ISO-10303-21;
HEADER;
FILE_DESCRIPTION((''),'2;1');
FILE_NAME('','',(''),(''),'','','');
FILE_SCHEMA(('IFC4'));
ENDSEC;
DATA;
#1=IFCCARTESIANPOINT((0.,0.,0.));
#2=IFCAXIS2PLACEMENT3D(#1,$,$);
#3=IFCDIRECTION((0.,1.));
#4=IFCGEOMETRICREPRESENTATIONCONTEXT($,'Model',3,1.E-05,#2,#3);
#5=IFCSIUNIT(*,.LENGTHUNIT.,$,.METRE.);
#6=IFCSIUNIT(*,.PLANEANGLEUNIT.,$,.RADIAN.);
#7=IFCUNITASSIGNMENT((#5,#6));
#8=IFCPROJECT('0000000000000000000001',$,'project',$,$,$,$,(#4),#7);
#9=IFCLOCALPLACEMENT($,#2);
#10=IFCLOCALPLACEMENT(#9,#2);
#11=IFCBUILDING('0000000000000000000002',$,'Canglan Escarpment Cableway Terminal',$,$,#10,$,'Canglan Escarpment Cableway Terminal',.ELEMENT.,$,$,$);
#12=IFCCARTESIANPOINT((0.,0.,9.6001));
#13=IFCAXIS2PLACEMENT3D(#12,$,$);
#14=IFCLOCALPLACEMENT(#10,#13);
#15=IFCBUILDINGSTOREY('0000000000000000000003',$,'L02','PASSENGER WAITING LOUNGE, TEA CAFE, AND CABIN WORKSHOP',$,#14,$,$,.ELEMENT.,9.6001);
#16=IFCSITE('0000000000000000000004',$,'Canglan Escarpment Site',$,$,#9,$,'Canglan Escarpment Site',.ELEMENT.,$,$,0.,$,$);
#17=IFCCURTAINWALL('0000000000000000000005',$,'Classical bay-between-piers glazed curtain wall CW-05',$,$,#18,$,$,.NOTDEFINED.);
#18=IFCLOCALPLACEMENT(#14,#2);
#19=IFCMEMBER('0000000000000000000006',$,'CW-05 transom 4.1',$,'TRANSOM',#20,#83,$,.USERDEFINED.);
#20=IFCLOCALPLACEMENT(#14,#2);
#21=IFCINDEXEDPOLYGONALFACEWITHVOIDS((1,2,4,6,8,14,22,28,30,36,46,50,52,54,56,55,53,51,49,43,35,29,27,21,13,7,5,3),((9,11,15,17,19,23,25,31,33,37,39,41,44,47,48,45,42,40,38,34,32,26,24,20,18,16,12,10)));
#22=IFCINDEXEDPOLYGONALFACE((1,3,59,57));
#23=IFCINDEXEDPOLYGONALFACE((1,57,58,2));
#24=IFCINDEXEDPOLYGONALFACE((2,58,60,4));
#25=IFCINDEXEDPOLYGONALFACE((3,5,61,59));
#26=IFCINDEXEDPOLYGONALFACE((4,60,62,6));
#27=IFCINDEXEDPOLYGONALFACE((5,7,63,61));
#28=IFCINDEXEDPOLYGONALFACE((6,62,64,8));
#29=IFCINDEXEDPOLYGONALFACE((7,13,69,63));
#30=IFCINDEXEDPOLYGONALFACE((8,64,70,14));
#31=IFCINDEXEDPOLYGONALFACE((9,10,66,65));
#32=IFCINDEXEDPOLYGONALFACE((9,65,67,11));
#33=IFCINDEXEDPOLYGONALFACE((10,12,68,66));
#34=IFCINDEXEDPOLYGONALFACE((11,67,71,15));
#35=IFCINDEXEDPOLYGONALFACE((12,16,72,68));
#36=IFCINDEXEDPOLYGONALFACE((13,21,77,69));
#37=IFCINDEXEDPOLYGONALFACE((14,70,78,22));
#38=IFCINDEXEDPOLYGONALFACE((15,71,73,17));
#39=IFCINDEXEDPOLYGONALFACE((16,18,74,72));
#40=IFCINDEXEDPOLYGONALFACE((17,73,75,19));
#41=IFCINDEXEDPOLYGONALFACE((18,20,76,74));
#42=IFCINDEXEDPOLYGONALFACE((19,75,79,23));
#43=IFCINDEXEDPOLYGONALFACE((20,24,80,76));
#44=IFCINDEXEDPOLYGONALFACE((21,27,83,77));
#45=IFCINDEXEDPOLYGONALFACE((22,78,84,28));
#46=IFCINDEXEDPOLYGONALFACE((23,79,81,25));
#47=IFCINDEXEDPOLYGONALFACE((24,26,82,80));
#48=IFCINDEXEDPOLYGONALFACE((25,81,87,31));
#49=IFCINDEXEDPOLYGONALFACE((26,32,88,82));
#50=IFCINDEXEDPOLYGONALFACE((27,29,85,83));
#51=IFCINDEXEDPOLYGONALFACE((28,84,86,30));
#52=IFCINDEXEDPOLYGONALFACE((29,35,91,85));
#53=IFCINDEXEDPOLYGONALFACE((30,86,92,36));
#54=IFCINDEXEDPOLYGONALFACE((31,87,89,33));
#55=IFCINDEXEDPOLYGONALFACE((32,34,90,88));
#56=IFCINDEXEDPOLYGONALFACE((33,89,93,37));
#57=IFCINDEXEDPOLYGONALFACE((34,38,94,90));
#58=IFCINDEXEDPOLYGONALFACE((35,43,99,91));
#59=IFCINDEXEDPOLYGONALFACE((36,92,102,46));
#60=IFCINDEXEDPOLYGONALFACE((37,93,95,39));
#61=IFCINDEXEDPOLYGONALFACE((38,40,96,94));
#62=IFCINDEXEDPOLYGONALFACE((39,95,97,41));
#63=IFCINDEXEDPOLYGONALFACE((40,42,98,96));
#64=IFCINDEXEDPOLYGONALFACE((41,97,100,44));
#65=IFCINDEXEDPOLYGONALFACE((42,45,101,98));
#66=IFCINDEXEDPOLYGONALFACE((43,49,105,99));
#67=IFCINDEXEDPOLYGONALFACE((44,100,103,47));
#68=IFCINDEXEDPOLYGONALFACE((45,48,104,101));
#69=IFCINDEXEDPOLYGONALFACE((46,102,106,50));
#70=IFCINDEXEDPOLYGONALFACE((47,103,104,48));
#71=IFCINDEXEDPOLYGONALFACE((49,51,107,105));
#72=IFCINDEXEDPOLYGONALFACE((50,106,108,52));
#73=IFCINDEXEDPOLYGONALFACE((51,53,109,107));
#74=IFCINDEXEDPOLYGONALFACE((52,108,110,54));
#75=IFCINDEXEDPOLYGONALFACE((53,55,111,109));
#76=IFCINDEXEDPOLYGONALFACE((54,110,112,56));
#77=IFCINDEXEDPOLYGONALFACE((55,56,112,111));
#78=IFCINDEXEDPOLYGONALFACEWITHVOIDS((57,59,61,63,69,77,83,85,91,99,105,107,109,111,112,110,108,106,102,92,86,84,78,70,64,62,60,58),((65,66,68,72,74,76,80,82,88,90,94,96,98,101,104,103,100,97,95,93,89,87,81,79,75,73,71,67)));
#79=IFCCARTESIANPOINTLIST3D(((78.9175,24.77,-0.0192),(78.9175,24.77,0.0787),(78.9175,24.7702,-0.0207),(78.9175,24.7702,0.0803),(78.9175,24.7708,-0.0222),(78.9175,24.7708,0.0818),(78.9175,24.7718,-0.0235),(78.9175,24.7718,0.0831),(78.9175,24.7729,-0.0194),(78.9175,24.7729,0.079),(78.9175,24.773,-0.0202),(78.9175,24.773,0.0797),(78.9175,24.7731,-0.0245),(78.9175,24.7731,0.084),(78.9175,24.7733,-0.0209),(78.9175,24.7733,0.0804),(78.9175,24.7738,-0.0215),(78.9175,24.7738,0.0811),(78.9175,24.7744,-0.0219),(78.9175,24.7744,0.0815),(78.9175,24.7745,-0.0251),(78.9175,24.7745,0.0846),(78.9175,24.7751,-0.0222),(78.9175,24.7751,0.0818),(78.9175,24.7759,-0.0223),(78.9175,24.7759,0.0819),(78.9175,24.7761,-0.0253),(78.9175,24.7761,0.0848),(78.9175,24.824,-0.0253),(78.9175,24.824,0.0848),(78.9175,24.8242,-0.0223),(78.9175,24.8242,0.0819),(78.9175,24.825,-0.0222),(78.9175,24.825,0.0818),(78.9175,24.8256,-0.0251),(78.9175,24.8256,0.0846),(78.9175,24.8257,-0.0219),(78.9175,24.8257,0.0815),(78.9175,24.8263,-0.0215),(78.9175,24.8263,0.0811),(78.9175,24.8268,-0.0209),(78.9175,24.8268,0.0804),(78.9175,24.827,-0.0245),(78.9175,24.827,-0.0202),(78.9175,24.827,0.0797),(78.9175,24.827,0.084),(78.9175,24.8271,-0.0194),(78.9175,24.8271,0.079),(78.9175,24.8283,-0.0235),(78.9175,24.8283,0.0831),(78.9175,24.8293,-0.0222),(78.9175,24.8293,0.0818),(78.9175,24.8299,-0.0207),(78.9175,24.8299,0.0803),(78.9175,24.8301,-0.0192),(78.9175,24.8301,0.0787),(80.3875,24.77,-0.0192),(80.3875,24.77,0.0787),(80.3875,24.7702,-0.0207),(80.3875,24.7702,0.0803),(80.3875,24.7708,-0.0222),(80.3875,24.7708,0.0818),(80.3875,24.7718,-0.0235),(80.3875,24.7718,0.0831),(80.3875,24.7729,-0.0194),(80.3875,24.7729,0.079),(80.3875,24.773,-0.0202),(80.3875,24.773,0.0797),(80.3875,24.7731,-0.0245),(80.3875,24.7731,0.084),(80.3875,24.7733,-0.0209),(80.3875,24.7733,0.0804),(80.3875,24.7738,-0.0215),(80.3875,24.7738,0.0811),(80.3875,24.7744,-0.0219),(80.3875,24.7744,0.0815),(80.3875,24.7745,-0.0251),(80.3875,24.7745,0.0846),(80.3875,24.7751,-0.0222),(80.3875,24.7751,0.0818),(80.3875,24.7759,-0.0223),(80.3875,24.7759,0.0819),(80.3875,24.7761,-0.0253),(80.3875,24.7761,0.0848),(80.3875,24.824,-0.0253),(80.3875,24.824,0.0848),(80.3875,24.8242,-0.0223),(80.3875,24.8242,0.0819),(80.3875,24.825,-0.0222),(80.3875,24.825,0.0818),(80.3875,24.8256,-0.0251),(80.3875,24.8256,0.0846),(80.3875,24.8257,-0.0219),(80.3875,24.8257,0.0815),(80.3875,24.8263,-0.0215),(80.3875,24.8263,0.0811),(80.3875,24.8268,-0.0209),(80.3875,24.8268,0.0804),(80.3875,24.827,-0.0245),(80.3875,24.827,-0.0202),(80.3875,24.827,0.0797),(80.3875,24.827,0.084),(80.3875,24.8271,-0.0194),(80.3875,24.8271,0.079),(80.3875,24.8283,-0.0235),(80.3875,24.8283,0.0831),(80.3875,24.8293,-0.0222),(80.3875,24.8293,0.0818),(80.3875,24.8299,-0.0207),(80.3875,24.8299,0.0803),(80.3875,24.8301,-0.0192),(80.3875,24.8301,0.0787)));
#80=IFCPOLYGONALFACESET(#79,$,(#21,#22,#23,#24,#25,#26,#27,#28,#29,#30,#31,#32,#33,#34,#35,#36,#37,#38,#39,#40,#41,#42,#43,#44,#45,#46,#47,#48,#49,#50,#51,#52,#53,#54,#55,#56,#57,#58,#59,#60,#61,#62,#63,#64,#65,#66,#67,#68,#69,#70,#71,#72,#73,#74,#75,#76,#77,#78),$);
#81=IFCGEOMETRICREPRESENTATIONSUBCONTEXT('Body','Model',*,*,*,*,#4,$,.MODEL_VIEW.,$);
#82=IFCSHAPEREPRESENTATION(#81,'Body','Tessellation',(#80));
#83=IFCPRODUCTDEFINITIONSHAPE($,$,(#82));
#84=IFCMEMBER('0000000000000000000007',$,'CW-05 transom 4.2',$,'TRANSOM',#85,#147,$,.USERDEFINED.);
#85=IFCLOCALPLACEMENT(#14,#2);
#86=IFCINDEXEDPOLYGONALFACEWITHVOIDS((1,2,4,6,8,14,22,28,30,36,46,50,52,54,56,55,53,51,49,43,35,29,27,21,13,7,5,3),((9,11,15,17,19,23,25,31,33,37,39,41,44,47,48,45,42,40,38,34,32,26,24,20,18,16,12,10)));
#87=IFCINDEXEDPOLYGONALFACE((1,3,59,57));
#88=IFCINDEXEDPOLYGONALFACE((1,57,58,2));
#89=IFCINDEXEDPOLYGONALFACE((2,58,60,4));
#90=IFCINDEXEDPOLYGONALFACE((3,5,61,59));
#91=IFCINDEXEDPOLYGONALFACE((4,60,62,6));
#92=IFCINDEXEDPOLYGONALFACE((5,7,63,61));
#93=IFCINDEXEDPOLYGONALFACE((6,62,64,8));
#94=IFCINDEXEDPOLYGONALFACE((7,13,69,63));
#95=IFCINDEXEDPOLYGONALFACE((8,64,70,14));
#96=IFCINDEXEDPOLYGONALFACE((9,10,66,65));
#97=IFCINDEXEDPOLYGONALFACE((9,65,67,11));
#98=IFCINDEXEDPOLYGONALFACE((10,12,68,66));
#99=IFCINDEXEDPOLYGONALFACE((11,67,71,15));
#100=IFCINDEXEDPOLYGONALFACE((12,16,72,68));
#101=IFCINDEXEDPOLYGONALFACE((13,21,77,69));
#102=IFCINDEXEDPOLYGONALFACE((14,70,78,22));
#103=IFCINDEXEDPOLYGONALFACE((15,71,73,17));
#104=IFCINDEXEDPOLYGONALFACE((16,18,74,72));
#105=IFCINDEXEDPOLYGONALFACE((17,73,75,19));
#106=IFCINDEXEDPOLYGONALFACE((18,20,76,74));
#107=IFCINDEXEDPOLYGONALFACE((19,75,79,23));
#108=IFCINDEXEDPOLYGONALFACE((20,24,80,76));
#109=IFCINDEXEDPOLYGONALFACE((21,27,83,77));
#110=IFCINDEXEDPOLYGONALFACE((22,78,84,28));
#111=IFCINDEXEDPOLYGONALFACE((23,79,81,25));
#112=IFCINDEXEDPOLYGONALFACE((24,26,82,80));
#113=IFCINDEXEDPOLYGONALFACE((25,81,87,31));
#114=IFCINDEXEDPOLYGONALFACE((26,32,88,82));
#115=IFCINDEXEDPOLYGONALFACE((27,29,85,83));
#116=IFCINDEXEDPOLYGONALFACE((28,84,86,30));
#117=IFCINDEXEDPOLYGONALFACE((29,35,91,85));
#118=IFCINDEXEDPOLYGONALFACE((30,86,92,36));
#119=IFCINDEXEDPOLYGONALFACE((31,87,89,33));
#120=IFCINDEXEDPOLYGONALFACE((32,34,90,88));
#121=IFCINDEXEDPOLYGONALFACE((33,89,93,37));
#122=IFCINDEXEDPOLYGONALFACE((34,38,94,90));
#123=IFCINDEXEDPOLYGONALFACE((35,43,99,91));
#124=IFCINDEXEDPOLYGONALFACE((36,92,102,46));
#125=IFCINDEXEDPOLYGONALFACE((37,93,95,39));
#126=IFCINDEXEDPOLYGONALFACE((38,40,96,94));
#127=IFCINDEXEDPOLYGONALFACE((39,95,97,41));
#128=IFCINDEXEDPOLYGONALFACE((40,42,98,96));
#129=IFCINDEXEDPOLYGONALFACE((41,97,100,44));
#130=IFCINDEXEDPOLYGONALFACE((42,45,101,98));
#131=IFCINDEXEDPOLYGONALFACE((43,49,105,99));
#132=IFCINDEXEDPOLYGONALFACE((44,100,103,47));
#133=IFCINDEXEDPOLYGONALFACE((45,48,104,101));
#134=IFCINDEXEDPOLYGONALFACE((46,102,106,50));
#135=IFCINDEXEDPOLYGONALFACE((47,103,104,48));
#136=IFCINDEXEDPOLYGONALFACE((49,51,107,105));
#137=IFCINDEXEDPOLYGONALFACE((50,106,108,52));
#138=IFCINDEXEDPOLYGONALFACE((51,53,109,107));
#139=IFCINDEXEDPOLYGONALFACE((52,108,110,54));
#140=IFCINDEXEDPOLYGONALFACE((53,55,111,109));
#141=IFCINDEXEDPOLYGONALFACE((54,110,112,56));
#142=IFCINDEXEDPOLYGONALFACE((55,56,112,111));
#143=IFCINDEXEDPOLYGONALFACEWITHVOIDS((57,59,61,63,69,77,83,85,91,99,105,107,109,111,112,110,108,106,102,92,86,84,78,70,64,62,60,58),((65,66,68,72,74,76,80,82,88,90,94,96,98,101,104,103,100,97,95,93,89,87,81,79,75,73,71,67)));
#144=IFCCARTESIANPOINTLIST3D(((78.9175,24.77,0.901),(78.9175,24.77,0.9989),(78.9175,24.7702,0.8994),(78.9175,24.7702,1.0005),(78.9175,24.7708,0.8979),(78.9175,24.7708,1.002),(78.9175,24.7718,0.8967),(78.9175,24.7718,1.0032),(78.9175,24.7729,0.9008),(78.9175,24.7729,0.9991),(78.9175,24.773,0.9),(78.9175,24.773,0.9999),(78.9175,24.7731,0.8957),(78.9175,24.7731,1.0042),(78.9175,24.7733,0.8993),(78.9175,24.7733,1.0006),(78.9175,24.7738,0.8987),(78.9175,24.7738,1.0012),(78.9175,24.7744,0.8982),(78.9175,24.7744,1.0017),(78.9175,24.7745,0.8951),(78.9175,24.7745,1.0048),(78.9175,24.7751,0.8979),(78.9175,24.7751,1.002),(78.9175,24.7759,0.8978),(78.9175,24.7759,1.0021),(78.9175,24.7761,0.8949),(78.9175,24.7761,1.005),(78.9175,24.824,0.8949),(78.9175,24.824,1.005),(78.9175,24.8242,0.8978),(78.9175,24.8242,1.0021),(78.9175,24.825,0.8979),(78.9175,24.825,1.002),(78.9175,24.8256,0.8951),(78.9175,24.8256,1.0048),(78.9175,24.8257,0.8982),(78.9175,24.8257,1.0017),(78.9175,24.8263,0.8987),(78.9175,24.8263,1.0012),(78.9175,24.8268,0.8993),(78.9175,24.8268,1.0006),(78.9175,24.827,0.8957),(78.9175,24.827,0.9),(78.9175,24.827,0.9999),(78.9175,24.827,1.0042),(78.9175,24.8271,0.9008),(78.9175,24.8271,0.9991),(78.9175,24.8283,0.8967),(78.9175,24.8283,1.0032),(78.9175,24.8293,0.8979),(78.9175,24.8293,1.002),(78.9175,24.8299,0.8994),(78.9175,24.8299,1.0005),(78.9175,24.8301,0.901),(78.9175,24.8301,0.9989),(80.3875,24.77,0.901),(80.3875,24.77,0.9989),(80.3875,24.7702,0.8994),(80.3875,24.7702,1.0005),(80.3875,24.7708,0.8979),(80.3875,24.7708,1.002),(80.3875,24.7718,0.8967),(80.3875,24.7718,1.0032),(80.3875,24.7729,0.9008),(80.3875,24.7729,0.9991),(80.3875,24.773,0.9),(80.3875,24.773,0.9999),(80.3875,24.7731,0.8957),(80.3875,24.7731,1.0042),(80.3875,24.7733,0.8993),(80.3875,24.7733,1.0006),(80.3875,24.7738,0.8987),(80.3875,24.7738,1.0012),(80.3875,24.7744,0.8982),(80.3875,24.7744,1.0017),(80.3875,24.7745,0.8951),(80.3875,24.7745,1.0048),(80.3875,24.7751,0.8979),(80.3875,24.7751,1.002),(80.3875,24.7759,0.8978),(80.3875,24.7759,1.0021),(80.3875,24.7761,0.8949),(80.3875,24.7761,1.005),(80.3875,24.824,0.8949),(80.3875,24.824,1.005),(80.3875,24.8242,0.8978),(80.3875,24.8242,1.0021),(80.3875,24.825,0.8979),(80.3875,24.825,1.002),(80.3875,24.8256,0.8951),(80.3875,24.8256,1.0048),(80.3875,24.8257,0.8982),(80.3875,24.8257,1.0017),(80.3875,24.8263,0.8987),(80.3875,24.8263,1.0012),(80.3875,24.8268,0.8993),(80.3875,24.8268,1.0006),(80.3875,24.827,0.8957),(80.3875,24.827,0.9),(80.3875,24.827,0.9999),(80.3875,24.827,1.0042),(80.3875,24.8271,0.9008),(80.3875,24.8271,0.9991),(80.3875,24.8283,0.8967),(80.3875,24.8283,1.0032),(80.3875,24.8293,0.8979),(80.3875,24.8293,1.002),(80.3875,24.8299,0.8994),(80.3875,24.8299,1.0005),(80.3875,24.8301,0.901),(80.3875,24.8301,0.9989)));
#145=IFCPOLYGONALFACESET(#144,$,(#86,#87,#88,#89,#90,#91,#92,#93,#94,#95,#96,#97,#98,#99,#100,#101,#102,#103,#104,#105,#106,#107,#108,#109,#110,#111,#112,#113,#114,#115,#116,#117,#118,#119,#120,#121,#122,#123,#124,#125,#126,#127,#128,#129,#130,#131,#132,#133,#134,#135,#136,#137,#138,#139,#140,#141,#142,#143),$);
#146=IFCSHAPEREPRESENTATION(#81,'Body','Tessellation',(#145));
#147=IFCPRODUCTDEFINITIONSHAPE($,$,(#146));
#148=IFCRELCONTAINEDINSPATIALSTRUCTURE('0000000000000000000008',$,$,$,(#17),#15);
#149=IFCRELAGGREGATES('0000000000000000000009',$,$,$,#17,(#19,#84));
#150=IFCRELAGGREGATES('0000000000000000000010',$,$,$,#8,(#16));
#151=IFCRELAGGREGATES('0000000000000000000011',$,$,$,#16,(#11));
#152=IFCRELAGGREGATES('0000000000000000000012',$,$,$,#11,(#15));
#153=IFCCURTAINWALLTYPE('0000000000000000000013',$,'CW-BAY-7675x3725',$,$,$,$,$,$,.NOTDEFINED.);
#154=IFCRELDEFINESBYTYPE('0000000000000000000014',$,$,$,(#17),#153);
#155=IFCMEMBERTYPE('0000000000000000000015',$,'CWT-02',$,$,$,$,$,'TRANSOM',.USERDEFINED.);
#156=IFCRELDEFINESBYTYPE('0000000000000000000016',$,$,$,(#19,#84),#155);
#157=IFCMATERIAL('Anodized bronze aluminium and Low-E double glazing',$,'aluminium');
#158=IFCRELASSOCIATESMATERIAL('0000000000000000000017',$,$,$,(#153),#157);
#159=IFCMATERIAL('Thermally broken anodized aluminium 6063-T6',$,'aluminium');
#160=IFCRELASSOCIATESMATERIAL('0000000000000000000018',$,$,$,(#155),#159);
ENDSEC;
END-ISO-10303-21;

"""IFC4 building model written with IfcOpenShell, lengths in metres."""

from ifc_helpers import new_model, si_unit, direction, frame, origin, origin_2d, place, context, subcontext, project, spatial, hollow_rectangle, extrude, material, material_profile, profile_set, type_object, element, aggregate, save


model = new_model("IFC4")

# Units and contexts
model_context = context("Model", 3, precision=1e-05, world=origin(), true_north=direction((0.0, 1.0)))
body_context = subcontext(model_context, "Body", "Model", "MODEL_VIEW")
ifc_project = project(units=[si_unit("LENGTHUNIT", "METRE"), si_unit("PLANEANGLEUNIT", "RADIAN")], contexts=[model_context])

# Site, building, storey
site_placement = place(None, origin())
site = spatial("IfcSite", under=ifc_project, at=site_placement, Name="Canglan Escarpment Site", LongName="Canglan Escarpment Site", CompositionType="ELEMENT", RefElevation=0.0)
building_placement = place(site_placement, origin())
building = spatial("IfcBuilding", under=site, at=building_placement, Name="Canglan Escarpment Cableway Terminal", LongName="Canglan Escarpment Cableway Terminal", CompositionType="ELEMENT")
storey_placement = place(building_placement, frame((0.0, 0.0, 9.6001)))
storey = spatial("IfcBuildingStorey", under=building, at=storey_placement, Name="L02", Description="PASSENGER WAITING LOUNGE, TEA CAFE, AND CABIN WORKSHOP", CompositionType="ELEMENT", Elevation=9.6001)

# Curtain wall, members
ifc_material_1 = material(Name="Anodized bronze aluminium and Low-E double glazing", Category="aluminium")
curtain_wall_type = type_object("IfcCurtainWallType", Name="CW-BAY-7675x3725", PredefinedType="NOTDEFINED", material=ifc_material_1)
curtain_wall_placement = place(storey_placement, origin())
curtain_wall = element("IfcCurtainWall", 1, at=curtain_wall_placement, inside=storey, type_object=curtain_wall_type, Name="Classical bay-between-piers glazed curtain wall CW-05", PredefinedType="NOTDEFINED")
ifc_material_2 = material(Name="Thermally broken anodized aluminium 6063-T6", Category="aluminium")
ifc_material_profile_1 = material_profile(ifc_material_2, hollow_rectangle(XDim=0.0601, YDim=0.1101, WallThickness=0.0029, InnerFilletRadius=0.0029, OuterFilletRadius=0.0061, at=origin_2d()), Name="ALU-TRAN 60x110x3")
ifc_profile_set_1 = profile_set([ifc_material_profile_1], Name="Thermally broken anodized aluminium 6063-T6")
member_type_1 = type_object("IfcMemberType", Name="CWT-02", ElementType="TRANSOM", PredefinedType="USERDEFINED", material=ifc_profile_set_1)
member_1_placement = place(storey_placement, frame((80.3875, 24.8, 0.0298), z_axis=(-1.0, 0.0, 0.0), x_axis=(0.0, -1.0, 0.0)))
member_1 = element("IfcMember", 2, at=member_1_placement, type_object=member_type_1, Name="CW-05 transom 4.1", ObjectType="TRANSOM", PredefinedType="USERDEFINED", context=body_context, shape_type="SweptSolid", body=[
    extrude(hollow_rectangle(XDim=0.0601, YDim=0.1101, WallThickness=0.0029, InnerFilletRadius=0.0029, OuterFilletRadius=0.0061, at=origin_2d()), origin(), (0.0, 0.0, 1.0), 1.47),
])
member_2_placement = place(storey_placement, frame((80.3875, 24.8, 0.95), z_axis=(-1.0, 0.0, 0.0), x_axis=(0.0, -1.0, 0.0)))
member_2 = element("IfcMember", 3, at=member_2_placement, type_object=member_type_1, Name="CW-05 transom 4.2", ObjectType="TRANSOM", PredefinedType="USERDEFINED", context=body_context, shape_type="SweptSolid", body=[
    extrude(hollow_rectangle(XDim=0.0601, YDim=0.1101, WallThickness=0.0029, InnerFilletRadius=0.0029, OuterFilletRadius=0.0061, at=origin_2d()), origin(), (0.0, 0.0, 1.0), 1.47),
])

aggregate(curtain_wall, [member_1, member_2])

save(model, "model.ifc")
